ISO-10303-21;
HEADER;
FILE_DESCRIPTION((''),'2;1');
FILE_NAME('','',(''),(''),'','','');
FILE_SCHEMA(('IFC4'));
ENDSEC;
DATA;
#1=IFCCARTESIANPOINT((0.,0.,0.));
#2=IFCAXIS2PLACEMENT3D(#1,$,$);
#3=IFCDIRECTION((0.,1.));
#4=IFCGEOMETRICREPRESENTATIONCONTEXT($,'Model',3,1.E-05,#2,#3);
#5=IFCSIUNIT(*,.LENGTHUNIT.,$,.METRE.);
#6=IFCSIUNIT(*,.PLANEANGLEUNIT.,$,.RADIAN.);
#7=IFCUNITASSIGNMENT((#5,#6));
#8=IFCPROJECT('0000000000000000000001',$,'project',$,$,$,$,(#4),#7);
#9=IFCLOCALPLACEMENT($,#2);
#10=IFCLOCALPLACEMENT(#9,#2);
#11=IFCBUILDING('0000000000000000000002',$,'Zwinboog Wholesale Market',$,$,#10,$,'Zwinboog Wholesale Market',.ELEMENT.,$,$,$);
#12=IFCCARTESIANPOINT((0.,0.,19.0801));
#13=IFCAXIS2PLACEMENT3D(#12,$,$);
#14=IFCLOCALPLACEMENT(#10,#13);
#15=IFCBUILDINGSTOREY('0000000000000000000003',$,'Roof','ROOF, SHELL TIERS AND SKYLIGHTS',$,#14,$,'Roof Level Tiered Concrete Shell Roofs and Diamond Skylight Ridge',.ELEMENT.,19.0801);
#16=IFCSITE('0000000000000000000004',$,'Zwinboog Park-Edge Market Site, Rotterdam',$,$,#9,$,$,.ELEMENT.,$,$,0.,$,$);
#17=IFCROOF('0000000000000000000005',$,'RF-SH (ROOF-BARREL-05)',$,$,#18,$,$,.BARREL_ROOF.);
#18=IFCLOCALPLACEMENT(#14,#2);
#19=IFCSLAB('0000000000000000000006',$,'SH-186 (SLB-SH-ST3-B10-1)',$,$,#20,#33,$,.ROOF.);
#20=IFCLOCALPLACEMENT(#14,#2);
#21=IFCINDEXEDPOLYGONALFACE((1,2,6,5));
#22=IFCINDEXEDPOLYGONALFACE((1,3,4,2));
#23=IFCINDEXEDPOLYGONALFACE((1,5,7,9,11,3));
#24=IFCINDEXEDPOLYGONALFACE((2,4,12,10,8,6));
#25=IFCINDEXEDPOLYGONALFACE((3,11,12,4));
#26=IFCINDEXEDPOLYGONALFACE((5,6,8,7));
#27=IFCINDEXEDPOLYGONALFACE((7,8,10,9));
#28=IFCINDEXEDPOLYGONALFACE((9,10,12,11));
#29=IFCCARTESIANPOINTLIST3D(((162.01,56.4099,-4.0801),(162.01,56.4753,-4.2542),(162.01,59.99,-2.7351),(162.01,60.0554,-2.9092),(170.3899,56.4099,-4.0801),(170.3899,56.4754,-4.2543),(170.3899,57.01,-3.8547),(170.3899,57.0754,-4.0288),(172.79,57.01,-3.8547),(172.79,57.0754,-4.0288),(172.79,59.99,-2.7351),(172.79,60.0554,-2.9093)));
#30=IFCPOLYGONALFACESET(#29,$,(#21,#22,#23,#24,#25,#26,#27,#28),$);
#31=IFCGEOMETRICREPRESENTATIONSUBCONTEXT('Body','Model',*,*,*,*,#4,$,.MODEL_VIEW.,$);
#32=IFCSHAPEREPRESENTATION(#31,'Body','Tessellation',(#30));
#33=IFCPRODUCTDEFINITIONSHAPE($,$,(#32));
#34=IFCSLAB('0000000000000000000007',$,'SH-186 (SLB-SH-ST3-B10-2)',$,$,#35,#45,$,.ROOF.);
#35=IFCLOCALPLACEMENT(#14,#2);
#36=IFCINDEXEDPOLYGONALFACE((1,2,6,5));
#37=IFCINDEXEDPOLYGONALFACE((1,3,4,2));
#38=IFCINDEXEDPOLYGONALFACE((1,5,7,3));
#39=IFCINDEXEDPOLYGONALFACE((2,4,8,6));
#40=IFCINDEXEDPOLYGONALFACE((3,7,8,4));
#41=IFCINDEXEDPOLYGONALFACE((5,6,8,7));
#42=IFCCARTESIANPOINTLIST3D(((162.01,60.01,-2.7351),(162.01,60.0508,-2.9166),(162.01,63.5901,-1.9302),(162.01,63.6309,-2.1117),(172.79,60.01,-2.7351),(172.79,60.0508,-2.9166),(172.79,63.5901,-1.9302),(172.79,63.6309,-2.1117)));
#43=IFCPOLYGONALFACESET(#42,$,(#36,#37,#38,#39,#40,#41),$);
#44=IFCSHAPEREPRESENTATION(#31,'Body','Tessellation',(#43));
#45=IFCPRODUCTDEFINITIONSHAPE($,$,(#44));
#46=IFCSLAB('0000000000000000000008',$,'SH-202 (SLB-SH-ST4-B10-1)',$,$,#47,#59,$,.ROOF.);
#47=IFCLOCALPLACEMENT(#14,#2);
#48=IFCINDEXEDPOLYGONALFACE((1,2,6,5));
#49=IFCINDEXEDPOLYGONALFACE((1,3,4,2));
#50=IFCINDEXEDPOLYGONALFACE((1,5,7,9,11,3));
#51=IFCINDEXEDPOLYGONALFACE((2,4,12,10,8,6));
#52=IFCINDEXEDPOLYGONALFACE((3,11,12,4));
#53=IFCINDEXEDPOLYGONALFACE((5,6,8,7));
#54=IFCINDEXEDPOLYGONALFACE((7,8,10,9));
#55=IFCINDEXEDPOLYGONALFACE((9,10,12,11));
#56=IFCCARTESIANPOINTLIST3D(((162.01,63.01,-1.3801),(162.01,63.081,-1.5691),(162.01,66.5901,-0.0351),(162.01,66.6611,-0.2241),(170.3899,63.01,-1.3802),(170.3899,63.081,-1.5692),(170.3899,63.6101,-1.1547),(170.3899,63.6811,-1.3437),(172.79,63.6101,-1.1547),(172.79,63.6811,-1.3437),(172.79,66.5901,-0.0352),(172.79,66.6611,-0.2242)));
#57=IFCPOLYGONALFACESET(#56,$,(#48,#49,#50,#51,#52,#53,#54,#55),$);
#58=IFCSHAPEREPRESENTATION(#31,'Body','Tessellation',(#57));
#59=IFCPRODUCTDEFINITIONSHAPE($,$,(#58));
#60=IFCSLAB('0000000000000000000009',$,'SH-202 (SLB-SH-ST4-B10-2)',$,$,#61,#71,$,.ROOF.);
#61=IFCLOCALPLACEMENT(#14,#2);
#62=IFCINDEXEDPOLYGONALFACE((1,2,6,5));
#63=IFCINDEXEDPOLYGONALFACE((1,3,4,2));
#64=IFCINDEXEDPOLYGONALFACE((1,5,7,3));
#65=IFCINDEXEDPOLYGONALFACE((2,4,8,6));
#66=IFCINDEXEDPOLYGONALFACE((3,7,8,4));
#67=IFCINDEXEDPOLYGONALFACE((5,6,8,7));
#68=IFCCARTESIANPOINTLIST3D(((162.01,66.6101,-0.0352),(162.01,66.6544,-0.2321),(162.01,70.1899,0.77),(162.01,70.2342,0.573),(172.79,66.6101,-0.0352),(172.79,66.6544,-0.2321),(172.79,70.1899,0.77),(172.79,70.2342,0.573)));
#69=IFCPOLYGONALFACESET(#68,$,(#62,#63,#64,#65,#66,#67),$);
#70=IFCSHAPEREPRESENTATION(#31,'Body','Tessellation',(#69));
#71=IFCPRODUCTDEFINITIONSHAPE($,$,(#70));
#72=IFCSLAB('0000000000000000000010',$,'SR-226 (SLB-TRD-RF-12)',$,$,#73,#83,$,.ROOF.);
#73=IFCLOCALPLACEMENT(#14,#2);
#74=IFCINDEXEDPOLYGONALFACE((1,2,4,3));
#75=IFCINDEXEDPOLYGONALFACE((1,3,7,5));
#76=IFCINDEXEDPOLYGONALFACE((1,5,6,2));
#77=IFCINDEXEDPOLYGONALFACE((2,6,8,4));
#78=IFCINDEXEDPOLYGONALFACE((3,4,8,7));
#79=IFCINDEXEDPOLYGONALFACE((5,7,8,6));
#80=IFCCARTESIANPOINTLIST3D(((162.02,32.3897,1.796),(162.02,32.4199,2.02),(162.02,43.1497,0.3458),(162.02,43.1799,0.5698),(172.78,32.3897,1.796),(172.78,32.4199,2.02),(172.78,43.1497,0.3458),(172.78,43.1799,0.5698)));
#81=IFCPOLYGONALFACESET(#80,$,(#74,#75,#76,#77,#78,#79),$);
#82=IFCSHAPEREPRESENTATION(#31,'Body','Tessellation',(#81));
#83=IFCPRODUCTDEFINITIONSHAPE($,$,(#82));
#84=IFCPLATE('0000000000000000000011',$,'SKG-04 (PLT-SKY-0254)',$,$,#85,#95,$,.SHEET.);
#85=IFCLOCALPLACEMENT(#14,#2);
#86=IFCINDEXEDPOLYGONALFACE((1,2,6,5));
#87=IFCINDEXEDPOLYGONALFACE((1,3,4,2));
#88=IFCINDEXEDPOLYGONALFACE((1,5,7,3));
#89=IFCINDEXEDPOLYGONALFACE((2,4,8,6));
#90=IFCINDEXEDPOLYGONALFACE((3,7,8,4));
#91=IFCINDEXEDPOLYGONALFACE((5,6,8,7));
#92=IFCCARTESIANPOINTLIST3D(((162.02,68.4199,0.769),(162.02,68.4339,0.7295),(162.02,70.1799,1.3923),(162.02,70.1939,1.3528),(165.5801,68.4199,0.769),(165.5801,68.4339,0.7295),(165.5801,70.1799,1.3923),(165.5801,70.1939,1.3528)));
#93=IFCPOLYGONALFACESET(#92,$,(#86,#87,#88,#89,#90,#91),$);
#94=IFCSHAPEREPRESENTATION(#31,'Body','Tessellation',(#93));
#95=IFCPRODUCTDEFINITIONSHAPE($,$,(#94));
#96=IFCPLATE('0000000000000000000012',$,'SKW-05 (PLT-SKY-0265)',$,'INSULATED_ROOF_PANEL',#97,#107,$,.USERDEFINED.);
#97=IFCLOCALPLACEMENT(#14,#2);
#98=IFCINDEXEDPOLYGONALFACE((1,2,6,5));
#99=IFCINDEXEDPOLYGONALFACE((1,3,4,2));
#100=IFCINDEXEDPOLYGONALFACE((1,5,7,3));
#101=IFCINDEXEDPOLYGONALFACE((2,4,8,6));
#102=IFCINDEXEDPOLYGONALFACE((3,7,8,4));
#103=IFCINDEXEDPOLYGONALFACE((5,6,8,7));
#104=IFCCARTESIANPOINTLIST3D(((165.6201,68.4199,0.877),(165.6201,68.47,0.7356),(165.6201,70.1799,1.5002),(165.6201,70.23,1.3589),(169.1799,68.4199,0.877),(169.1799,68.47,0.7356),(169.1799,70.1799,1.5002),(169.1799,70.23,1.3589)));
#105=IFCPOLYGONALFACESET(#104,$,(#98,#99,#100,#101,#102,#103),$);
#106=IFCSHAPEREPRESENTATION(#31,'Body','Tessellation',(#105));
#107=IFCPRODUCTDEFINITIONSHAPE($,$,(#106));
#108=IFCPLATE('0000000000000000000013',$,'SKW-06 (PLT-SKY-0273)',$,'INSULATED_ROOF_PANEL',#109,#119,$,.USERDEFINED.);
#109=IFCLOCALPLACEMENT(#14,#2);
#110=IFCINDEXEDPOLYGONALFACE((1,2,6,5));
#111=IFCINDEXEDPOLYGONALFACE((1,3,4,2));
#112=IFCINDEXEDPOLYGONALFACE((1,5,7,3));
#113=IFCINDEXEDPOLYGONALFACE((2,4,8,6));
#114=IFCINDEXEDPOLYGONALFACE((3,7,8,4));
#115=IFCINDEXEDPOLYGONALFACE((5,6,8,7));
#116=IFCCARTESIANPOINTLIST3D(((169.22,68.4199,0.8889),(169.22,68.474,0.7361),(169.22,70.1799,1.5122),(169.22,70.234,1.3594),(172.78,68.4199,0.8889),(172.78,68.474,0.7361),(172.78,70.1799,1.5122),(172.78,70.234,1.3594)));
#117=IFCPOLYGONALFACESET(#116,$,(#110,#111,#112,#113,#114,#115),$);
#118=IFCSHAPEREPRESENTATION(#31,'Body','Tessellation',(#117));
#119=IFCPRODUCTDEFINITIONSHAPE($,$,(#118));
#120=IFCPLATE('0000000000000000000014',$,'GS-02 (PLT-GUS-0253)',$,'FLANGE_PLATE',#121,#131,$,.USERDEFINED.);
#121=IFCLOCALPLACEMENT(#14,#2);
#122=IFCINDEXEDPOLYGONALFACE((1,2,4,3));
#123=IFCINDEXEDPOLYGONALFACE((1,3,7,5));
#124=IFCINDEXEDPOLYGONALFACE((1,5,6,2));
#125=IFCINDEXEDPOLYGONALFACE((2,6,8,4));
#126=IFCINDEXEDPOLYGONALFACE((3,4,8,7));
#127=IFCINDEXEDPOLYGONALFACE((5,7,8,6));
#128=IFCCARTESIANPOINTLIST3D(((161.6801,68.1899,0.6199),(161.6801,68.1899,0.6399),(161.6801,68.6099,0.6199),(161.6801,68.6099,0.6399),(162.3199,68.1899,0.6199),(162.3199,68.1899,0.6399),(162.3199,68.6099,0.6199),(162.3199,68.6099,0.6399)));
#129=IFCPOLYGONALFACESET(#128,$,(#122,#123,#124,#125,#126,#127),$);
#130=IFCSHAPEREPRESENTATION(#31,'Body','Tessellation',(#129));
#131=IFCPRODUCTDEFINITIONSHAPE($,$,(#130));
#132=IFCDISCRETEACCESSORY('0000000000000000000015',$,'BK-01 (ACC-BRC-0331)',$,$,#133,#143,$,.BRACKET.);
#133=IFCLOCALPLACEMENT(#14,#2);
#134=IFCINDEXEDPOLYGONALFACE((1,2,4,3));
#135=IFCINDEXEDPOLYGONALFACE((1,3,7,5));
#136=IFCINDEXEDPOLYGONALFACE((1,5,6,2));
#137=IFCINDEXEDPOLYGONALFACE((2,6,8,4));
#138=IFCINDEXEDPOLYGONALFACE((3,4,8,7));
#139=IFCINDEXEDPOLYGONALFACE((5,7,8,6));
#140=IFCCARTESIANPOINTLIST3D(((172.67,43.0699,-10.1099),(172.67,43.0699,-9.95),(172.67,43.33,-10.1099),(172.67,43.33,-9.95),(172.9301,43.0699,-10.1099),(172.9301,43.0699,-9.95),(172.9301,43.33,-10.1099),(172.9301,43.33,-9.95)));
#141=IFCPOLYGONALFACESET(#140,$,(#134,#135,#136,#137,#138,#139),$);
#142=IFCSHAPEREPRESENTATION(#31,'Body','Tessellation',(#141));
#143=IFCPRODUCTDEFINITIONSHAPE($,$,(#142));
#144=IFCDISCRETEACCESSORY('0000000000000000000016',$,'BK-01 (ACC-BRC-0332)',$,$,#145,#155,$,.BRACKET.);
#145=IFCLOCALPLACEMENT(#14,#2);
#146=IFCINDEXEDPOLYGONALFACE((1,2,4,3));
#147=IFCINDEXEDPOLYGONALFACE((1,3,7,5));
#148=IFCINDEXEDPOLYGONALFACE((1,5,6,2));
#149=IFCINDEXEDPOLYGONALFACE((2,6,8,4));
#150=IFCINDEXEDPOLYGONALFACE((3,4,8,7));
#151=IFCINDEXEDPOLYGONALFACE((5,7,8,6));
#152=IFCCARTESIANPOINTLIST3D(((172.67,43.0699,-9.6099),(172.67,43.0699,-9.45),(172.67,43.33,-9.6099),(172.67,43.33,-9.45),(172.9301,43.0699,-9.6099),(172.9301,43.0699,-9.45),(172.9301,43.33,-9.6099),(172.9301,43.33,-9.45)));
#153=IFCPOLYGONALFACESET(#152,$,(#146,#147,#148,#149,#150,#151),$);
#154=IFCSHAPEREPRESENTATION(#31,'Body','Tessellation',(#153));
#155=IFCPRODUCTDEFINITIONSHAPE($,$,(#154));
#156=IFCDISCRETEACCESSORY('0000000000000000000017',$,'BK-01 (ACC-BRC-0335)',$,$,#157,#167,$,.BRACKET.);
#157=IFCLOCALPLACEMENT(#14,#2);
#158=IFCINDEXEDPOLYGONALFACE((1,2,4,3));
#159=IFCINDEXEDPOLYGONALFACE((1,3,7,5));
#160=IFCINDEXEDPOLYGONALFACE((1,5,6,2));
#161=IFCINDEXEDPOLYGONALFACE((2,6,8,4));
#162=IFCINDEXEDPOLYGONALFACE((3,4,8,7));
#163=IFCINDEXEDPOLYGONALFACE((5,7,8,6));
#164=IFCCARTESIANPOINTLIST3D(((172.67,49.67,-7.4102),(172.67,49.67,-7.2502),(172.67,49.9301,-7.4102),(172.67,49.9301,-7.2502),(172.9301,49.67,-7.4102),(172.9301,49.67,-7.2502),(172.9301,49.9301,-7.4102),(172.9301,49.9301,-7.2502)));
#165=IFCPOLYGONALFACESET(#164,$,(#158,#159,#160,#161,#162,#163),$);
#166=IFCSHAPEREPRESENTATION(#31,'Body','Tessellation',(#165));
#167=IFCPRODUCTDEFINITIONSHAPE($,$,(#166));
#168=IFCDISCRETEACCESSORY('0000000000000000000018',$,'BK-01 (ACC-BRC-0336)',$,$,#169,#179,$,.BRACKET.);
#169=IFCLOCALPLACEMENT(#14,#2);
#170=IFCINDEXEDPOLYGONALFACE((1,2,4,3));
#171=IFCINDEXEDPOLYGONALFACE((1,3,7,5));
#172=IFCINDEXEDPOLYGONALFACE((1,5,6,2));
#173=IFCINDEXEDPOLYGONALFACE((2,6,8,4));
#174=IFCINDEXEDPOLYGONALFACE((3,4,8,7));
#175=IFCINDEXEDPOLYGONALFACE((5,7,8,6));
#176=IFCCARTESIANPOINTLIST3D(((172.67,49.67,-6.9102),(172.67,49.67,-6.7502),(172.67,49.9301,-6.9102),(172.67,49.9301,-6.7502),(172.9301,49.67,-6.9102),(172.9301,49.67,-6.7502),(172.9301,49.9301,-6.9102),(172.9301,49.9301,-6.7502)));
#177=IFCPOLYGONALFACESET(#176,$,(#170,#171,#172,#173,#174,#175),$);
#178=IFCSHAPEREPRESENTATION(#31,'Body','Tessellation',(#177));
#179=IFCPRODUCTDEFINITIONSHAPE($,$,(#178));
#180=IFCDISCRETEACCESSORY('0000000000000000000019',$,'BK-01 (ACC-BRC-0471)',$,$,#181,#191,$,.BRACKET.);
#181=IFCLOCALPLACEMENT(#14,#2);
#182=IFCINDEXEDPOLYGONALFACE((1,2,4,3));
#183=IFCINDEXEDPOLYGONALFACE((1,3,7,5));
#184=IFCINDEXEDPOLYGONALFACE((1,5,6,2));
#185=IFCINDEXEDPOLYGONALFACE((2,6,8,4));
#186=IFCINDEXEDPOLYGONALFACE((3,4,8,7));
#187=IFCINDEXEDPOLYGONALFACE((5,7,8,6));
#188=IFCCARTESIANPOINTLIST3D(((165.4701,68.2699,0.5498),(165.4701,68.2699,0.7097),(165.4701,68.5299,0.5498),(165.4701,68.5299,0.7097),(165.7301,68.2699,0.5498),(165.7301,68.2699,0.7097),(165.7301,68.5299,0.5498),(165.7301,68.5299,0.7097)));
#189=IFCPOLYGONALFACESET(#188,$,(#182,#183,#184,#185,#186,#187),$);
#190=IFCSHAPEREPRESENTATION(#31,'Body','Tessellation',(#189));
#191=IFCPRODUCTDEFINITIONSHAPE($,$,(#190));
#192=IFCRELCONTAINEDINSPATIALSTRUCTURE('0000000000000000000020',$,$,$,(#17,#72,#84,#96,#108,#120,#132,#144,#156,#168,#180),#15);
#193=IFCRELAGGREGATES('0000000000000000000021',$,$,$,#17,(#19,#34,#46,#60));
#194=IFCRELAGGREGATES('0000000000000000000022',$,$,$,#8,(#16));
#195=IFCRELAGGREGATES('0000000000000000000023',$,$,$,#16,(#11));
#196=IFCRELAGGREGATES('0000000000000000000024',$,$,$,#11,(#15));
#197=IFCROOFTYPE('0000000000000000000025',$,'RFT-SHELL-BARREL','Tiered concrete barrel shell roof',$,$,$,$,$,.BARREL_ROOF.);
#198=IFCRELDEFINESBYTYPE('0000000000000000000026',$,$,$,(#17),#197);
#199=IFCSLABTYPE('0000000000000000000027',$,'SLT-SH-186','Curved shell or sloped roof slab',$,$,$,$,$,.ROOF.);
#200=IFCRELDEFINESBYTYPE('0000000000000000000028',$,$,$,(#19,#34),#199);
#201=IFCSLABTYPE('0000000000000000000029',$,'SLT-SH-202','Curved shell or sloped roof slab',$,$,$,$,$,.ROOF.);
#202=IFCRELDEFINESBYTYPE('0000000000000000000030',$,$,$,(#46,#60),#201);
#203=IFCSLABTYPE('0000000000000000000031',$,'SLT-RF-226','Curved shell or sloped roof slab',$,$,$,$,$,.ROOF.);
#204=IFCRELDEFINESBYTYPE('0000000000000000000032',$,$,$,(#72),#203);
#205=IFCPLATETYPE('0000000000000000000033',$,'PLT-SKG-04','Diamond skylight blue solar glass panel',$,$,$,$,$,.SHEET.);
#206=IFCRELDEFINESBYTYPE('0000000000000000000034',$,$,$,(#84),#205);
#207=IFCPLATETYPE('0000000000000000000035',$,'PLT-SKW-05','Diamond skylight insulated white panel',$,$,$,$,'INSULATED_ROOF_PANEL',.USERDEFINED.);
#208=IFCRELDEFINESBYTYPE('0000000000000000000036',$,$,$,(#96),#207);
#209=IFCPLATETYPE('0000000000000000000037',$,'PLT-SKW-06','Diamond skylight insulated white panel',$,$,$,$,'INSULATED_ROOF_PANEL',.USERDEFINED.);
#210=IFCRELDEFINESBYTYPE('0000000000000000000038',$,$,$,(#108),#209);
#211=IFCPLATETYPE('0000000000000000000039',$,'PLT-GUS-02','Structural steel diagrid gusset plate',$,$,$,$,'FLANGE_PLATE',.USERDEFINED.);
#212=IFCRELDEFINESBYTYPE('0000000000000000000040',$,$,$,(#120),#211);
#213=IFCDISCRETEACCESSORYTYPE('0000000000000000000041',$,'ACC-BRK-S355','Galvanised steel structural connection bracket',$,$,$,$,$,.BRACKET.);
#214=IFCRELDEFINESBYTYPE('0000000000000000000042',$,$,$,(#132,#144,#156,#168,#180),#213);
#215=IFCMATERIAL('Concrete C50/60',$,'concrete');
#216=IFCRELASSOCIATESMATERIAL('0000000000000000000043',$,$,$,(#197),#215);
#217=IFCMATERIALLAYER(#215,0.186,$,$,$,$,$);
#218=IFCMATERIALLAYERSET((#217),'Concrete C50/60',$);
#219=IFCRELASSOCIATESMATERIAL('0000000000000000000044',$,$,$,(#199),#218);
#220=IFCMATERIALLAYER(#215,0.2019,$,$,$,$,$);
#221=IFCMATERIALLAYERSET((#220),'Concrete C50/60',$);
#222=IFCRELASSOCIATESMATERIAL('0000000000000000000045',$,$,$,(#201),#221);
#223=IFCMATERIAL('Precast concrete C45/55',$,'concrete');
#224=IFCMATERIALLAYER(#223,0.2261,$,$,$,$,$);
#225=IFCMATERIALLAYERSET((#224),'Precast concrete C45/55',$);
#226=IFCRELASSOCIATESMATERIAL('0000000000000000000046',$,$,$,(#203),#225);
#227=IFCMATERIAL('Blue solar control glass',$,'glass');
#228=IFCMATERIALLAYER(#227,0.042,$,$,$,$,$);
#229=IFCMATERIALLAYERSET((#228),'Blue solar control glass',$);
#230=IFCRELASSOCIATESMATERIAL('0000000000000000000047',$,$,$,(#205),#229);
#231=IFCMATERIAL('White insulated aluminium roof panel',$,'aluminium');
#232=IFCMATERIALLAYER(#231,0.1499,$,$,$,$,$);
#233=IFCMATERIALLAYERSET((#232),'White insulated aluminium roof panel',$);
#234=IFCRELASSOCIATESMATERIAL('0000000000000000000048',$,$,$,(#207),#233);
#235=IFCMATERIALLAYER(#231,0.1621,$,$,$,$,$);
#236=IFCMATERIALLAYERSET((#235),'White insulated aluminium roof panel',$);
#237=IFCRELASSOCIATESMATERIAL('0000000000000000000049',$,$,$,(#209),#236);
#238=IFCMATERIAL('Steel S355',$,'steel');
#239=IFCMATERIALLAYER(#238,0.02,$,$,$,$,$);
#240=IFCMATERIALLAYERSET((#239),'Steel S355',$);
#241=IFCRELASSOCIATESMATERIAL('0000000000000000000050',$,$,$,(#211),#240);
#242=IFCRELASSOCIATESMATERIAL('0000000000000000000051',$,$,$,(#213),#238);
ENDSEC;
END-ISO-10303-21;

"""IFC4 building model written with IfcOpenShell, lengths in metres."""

from ifc_helpers import new_model, si_unit, direction, frame, origin, origin_2d, place, context, subcontext, project, spatial, polyline, rectangle, outline, extrude, material, layer, layer_set, type_object, element, aggregate, save


model = new_model("IFC4")

# Units and contexts
model_context = context("Model", 3, precision=1e-05, world=origin(), true_north=direction((0.0, 1.0)))
body_context = subcontext(model_context, "Body", "Model", "MODEL_VIEW")
ifc_project = project(units=[si_unit("LENGTHUNIT", "METRE"), si_unit("PLANEANGLEUNIT", "RADIAN")], contexts=[model_context])

# Site, building, storey
site_placement = place(None, origin())
site = spatial("IfcSite", under=ifc_project, at=site_placement, Name="Zwinboog Park-Edge Market Site, Rotterdam", CompositionType="ELEMENT", RefElevation=0.0)
building_placement = place(site_placement, origin())
building = spatial("IfcBuilding", under=site, at=building_placement, Name="Zwinboog Wholesale Market", LongName="Zwinboog Wholesale Market", CompositionType="ELEMENT")
storey_placement = place(building_placement, frame((0.0, 0.0, 19.0801)))
storey = spatial("IfcBuildingStorey", under=building, at=storey_placement, Name="Roof", Description="ROOF, SHELL TIERS AND SKYLIGHTS", LongName="Roof Level Tiered Concrete Shell Roofs and Diamond Skylight Ridge", CompositionType="ELEMENT", Elevation=19.0801)

# Shared definitions
ifc_material_1 = material(Name="Steel S355", Category="steel")

# Roof, slabs
ifc_material_2 = material(Name="Concrete C50/60", Category="concrete")
roof_type = type_object("IfcRoofType", Name="RFT-SHELL-BARREL", Description="Tiered concrete barrel shell roof", PredefinedType="BARREL_ROOF", material=ifc_material_2)
roof_placement = place(storey_placement, origin())
roof = element("IfcRoof", 1, at=roof_placement, inside=storey, type_object=roof_type, Name="RF-SH (ROOF-BARREL-05)", PredefinedType="BARREL_ROOF")
ifc_layer_1 = layer(ifc_material_2, 0.186)
ifc_layer_set_1 = layer_set([ifc_layer_1], Name="Concrete C50/60")
slab_type_1 = type_object("IfcSlabType", Name="SLT-SH-186", Description="Curved shell or sloped roof slab", PredefinedType="ROOF", material=ifc_layer_set_1)
slab_1_placement = place(storey_placement, frame((162.01, 56.4099, -4.0801), z_axis=(0.000005, -0.351689, 0.936117), x_axis=(1.0, 0.000002, -0.000004)))
slab_1 = element("IfcSlab", 2, at=slab_1_placement, type_object=slab_type_1, Name="SH-186 (SLB-SH-ST3-B10-1)", PredefinedType="ROOF", context=body_context, shape_type="SweptSolid", body=[
    extrude(outline(polyline([(0.0, 0.0), (8.3799, 0.0), (8.3799, 0.641), (10.78, 0.641), (10.78, 3.8244), (0.0, 3.8244), (0.0, 0.0)])), origin(), (0.0, 0.0, -1.0), 0.186),
])
slab_2_placement = place(storey_placement, frame((162.01, 60.01, -2.7351), z_axis=(0.0, -0.21936, 0.975644), x_axis=(1.0, 0.0, 0.0)))
slab_2 = element("IfcSlab", 3, at=slab_2_placement, type_object=slab_type_1, Name="SH-186 (SLB-SH-ST3-B10-2)", PredefinedType="ROOF", context=body_context, shape_type="SweptSolid", body=[
    extrude(outline(polyline([(0.0, 0.0), (10.78, 0.0), (10.78, 3.6695), (0.0, 3.6695), (0.0, 0.0)])), origin(), (0.0, 0.0, -1.0), 0.186),
])
ifc_layer_2 = layer(ifc_material_2, 0.2019)
ifc_layer_set_2 = layer_set([ifc_layer_2], Name="Concrete C50/60")
slab_type_2 = type_object("IfcSlabType", Name="SLT-SH-202", Description="Curved shell or sloped roof slab", PredefinedType="ROOF", material=ifc_layer_set_2)
slab_3_placement = place(storey_placement, frame((162.01, 63.01, -1.3801), z_axis=(0.000005, -0.351689, 0.936117), x_axis=(1.0, 0.000002, -0.000004)))
slab_3 = element("IfcSlab", 4, at=slab_3_placement, type_object=slab_type_2, Name="SH-202 (SLB-SH-ST4-B10-1)", PredefinedType="ROOF", context=body_context, shape_type="SweptSolid", body=[
    extrude(outline(polyline([(0.0, 0.0), (8.3799, 0.0), (8.3799, 0.641), (10.78, 0.641), (10.78, 3.8244), (0.0, 3.8244), (0.0, 0.0)])), origin(), (0.0, 0.0, -1.0), 0.2019),
])
slab_4_placement = place(storey_placement, frame((162.01, 66.6101, -0.0352), z_axis=(0.0, -0.219438, 0.975626), x_axis=(1.0, 0.0, 0.0)))
slab_4 = element("IfcSlab", 5, at=slab_4_placement, type_object=slab_type_2, Name="SH-202 (SLB-SH-ST4-B10-2)", PredefinedType="ROOF", context=body_context, shape_type="SweptSolid", body=[
    extrude(outline(polyline([(0.0, 0.0), (10.78, 0.0), (10.78, 3.6693), (0.0, 3.6693), (0.0, 0.0)])), origin(), (0.0, 0.0, -1.0), 0.2019),
])
aggregate(roof, [slab_1, slab_2, slab_3, slab_4])

# Slab
ifc_material_3 = material(Name="Precast concrete C45/55", Category="concrete")
ifc_layer_3 = layer(ifc_material_3, 0.2261)
ifc_layer_set_3 = layer_set([ifc_layer_3], Name="Precast concrete C45/55")
slab_type_3 = type_object("IfcSlabType", Name="SLT-RF-226", Description="Curved shell or sloped roof slab", PredefinedType="ROOF", material=ifc_layer_set_3)
slab_5_placement = place(storey_placement, frame((162.02, 32.4199, 2.02), z_axis=(0.0, 0.133569, 0.99104), x_axis=(1.0, 0.0, 0.0)))
element("IfcSlab", 6, at=slab_5_placement, inside=storey, type_object=slab_type_3, Name="SR-226 (SLB-TRD-RF-12)", PredefinedType="ROOF", context=body_context, shape_type="SweptSolid", body=[
    extrude(outline(polyline([(0.0, 0.0), (10.76, 0.0), (10.76, 10.8573), (0.0, 10.8573), (0.0, 0.0)])), origin(), (0.0, 0.0, -1.0), 0.2261),
])

# Plates
ifc_material_4 = material(Name="Blue solar control glass", Category="glass")
ifc_layer_4 = layer(ifc_material_4, 0.042)
ifc_layer_set_4 = layer_set([ifc_layer_4], Name="Blue solar control glass")
plate_type_1 = type_object("IfcPlateType", Name="PLT-SKG-04", Description="Diamond skylight blue solar glass panel", PredefinedType="SHEET", material=ifc_layer_set_4)
plate_1_placement = place(storey_placement, frame((162.02, 68.4199, 0.769), z_axis=(0.0, -0.333825, 0.942635), x_axis=(1.0, 0.0, 0.0)))
element("IfcPlate", 7, at=plate_1_placement, inside=storey, type_object=plate_type_1, Name="SKG-04 (PLT-SKY-0254)", PredefinedType="SHEET", context=body_context, shape_type="SweptSolid", body=[
    extrude(outline(polyline([(0.0, 0.0), (3.5601, 0.0), (3.5601, 1.8671), (0.0, 1.8671), (0.0, 0.0)])), origin(), (0.0, 0.0, -1.0), 0.042),
])
ifc_material_5 = material(Name="White insulated aluminium roof panel", Category="aluminium")
ifc_layer_5 = layer(ifc_material_5, 0.1499)
ifc_layer_set_5 = layer_set([ifc_layer_5], Name="White insulated aluminium roof panel")
plate_type_2 = type_object("IfcPlateType", Name="PLT-SKW-05", Description="Diamond skylight insulated white panel", ElementType="INSULATED_ROOF_PANEL", PredefinedType="USERDEFINED", material=ifc_layer_set_5)
plate_2_placement = place(storey_placement, frame((165.6201, 68.4199, 0.877), z_axis=(0.0, -0.333825, 0.942635), x_axis=(1.0, 0.0, 0.0)))
element("IfcPlate", 8, at=plate_2_placement, inside=storey, type_object=plate_type_2, Name="SKW-05 (PLT-SKY-0265)", ObjectType="INSULATED_ROOF_PANEL", PredefinedType="USERDEFINED", context=body_context, shape_type="SweptSolid", body=[
    extrude(outline(polyline([(0.0, 0.0), (3.5598, 0.0), (3.5598, 1.8671), (0.0, 1.8671), (0.0, 0.0)])), origin(), (0.0, 0.0, -1.0), 0.1499),
])
ifc_layer_6 = layer(ifc_material_5, 0.1621)
ifc_layer_set_6 = layer_set([ifc_layer_6], Name="White insulated aluminium roof panel")
plate_type_3 = type_object("IfcPlateType", Name="PLT-SKW-06", Description="Diamond skylight insulated white panel", ElementType="INSULATED_ROOF_PANEL", PredefinedType="USERDEFINED", material=ifc_layer_set_6)
plate_3_placement = place(storey_placement, frame((169.22, 68.4199, 0.8889), z_axis=(0.0, -0.333825, 0.942635), x_axis=(1.0, 0.0, 0.0)))
element("IfcPlate", 9, at=plate_3_placement, inside=storey, type_object=plate_type_3, Name="SKW-06 (PLT-SKY-0273)", ObjectType="INSULATED_ROOF_PANEL", PredefinedType="USERDEFINED", context=body_context, shape_type="SweptSolid", body=[
    extrude(outline(polyline([(0.0, 0.0), (3.5601, 0.0), (3.5601, 1.8671), (0.0, 1.8671), (0.0, 0.0)])), origin(), (0.0, 0.0, -1.0), 0.1621),
])
ifc_layer_7 = layer(ifc_material_1, 0.02)
ifc_layer_set_7 = layer_set([ifc_layer_7], Name="Steel S355")
plate_type_4 = type_object("IfcPlateType", Name="PLT-GUS-02", Description="Structural steel diagrid gusset plate", ElementType="FLANGE_PLATE", PredefinedType="USERDEFINED", material=ifc_layer_set_7)
plate_4_placement = place(storey_placement, frame((162.0, 68.3999, 0.6199), z_axis=(0.0, 0.0, 1.0), x_axis=(1.0, 0.0, 0.0)))
element("IfcPlate", 10, at=plate_4_placement, inside=storey, type_object=plate_type_4, Name="GS-02 (PLT-GUS-0253)", ObjectType="FLANGE_PLATE", PredefinedType="USERDEFINED", context=body_context, shape_type="SweptSolid", body=[
    extrude(rectangle(XDim=0.6399, YDim=0.4199, at=origin_2d()), origin(), (0.0, 0.0, 1.0), 0.02),
])

# Discrete accessories
discrete_accessory_type = type_object("IfcDiscreteAccessoryType", Name="ACC-BRK-S355", Description="Galvanised steel structural connection bracket", PredefinedType="BRACKET", material=ifc_material_1)
for number, where, z_axis, x_axis, name in (
    (11, (172.8, 43.2, -10.1099), (0.0, 0.0, 1.0), (1.0, 0.0, 0.0), "BK-01 (ACC-BRC-0331)"),
    (12, (172.8, 43.2, -9.6099), (0.0, 0.0, 1.0), (1.0, 0.0, 0.0), "BK-01 (ACC-BRC-0332)"),
    (13, (172.8, 49.8, -7.4102), (0.0, 0.0, 1.0), (1.0, 0.0, 0.0), "BK-01 (ACC-BRC-0335)"),
    (14, (172.8, 49.8, -6.9102), (0.0, 0.0, 1.0), (1.0, 0.0, 0.0), "BK-01 (ACC-BRC-0336)"),
    (15, (165.6001, 68.3999, 0.5498), (0.0, 0.0, 1.0), (1.0, 0.0, 0.0), "BK-01 (ACC-BRC-0471)"),
):
    element("IfcDiscreteAccessory", number, at=place(storey_placement, frame(where, z_axis=z_axis, x_axis=x_axis)), inside=storey, type_object=discrete_accessory_type, Name=name, PredefinedType="BRACKET", context=body_context, shape_type="SweptSolid", body=[
        extrude(rectangle(XDim=0.26, YDim=0.26, at=origin_2d()), origin(), (0.0, 0.0, 1.0), 0.1599),
    ])

save(model, "model.ifc")
